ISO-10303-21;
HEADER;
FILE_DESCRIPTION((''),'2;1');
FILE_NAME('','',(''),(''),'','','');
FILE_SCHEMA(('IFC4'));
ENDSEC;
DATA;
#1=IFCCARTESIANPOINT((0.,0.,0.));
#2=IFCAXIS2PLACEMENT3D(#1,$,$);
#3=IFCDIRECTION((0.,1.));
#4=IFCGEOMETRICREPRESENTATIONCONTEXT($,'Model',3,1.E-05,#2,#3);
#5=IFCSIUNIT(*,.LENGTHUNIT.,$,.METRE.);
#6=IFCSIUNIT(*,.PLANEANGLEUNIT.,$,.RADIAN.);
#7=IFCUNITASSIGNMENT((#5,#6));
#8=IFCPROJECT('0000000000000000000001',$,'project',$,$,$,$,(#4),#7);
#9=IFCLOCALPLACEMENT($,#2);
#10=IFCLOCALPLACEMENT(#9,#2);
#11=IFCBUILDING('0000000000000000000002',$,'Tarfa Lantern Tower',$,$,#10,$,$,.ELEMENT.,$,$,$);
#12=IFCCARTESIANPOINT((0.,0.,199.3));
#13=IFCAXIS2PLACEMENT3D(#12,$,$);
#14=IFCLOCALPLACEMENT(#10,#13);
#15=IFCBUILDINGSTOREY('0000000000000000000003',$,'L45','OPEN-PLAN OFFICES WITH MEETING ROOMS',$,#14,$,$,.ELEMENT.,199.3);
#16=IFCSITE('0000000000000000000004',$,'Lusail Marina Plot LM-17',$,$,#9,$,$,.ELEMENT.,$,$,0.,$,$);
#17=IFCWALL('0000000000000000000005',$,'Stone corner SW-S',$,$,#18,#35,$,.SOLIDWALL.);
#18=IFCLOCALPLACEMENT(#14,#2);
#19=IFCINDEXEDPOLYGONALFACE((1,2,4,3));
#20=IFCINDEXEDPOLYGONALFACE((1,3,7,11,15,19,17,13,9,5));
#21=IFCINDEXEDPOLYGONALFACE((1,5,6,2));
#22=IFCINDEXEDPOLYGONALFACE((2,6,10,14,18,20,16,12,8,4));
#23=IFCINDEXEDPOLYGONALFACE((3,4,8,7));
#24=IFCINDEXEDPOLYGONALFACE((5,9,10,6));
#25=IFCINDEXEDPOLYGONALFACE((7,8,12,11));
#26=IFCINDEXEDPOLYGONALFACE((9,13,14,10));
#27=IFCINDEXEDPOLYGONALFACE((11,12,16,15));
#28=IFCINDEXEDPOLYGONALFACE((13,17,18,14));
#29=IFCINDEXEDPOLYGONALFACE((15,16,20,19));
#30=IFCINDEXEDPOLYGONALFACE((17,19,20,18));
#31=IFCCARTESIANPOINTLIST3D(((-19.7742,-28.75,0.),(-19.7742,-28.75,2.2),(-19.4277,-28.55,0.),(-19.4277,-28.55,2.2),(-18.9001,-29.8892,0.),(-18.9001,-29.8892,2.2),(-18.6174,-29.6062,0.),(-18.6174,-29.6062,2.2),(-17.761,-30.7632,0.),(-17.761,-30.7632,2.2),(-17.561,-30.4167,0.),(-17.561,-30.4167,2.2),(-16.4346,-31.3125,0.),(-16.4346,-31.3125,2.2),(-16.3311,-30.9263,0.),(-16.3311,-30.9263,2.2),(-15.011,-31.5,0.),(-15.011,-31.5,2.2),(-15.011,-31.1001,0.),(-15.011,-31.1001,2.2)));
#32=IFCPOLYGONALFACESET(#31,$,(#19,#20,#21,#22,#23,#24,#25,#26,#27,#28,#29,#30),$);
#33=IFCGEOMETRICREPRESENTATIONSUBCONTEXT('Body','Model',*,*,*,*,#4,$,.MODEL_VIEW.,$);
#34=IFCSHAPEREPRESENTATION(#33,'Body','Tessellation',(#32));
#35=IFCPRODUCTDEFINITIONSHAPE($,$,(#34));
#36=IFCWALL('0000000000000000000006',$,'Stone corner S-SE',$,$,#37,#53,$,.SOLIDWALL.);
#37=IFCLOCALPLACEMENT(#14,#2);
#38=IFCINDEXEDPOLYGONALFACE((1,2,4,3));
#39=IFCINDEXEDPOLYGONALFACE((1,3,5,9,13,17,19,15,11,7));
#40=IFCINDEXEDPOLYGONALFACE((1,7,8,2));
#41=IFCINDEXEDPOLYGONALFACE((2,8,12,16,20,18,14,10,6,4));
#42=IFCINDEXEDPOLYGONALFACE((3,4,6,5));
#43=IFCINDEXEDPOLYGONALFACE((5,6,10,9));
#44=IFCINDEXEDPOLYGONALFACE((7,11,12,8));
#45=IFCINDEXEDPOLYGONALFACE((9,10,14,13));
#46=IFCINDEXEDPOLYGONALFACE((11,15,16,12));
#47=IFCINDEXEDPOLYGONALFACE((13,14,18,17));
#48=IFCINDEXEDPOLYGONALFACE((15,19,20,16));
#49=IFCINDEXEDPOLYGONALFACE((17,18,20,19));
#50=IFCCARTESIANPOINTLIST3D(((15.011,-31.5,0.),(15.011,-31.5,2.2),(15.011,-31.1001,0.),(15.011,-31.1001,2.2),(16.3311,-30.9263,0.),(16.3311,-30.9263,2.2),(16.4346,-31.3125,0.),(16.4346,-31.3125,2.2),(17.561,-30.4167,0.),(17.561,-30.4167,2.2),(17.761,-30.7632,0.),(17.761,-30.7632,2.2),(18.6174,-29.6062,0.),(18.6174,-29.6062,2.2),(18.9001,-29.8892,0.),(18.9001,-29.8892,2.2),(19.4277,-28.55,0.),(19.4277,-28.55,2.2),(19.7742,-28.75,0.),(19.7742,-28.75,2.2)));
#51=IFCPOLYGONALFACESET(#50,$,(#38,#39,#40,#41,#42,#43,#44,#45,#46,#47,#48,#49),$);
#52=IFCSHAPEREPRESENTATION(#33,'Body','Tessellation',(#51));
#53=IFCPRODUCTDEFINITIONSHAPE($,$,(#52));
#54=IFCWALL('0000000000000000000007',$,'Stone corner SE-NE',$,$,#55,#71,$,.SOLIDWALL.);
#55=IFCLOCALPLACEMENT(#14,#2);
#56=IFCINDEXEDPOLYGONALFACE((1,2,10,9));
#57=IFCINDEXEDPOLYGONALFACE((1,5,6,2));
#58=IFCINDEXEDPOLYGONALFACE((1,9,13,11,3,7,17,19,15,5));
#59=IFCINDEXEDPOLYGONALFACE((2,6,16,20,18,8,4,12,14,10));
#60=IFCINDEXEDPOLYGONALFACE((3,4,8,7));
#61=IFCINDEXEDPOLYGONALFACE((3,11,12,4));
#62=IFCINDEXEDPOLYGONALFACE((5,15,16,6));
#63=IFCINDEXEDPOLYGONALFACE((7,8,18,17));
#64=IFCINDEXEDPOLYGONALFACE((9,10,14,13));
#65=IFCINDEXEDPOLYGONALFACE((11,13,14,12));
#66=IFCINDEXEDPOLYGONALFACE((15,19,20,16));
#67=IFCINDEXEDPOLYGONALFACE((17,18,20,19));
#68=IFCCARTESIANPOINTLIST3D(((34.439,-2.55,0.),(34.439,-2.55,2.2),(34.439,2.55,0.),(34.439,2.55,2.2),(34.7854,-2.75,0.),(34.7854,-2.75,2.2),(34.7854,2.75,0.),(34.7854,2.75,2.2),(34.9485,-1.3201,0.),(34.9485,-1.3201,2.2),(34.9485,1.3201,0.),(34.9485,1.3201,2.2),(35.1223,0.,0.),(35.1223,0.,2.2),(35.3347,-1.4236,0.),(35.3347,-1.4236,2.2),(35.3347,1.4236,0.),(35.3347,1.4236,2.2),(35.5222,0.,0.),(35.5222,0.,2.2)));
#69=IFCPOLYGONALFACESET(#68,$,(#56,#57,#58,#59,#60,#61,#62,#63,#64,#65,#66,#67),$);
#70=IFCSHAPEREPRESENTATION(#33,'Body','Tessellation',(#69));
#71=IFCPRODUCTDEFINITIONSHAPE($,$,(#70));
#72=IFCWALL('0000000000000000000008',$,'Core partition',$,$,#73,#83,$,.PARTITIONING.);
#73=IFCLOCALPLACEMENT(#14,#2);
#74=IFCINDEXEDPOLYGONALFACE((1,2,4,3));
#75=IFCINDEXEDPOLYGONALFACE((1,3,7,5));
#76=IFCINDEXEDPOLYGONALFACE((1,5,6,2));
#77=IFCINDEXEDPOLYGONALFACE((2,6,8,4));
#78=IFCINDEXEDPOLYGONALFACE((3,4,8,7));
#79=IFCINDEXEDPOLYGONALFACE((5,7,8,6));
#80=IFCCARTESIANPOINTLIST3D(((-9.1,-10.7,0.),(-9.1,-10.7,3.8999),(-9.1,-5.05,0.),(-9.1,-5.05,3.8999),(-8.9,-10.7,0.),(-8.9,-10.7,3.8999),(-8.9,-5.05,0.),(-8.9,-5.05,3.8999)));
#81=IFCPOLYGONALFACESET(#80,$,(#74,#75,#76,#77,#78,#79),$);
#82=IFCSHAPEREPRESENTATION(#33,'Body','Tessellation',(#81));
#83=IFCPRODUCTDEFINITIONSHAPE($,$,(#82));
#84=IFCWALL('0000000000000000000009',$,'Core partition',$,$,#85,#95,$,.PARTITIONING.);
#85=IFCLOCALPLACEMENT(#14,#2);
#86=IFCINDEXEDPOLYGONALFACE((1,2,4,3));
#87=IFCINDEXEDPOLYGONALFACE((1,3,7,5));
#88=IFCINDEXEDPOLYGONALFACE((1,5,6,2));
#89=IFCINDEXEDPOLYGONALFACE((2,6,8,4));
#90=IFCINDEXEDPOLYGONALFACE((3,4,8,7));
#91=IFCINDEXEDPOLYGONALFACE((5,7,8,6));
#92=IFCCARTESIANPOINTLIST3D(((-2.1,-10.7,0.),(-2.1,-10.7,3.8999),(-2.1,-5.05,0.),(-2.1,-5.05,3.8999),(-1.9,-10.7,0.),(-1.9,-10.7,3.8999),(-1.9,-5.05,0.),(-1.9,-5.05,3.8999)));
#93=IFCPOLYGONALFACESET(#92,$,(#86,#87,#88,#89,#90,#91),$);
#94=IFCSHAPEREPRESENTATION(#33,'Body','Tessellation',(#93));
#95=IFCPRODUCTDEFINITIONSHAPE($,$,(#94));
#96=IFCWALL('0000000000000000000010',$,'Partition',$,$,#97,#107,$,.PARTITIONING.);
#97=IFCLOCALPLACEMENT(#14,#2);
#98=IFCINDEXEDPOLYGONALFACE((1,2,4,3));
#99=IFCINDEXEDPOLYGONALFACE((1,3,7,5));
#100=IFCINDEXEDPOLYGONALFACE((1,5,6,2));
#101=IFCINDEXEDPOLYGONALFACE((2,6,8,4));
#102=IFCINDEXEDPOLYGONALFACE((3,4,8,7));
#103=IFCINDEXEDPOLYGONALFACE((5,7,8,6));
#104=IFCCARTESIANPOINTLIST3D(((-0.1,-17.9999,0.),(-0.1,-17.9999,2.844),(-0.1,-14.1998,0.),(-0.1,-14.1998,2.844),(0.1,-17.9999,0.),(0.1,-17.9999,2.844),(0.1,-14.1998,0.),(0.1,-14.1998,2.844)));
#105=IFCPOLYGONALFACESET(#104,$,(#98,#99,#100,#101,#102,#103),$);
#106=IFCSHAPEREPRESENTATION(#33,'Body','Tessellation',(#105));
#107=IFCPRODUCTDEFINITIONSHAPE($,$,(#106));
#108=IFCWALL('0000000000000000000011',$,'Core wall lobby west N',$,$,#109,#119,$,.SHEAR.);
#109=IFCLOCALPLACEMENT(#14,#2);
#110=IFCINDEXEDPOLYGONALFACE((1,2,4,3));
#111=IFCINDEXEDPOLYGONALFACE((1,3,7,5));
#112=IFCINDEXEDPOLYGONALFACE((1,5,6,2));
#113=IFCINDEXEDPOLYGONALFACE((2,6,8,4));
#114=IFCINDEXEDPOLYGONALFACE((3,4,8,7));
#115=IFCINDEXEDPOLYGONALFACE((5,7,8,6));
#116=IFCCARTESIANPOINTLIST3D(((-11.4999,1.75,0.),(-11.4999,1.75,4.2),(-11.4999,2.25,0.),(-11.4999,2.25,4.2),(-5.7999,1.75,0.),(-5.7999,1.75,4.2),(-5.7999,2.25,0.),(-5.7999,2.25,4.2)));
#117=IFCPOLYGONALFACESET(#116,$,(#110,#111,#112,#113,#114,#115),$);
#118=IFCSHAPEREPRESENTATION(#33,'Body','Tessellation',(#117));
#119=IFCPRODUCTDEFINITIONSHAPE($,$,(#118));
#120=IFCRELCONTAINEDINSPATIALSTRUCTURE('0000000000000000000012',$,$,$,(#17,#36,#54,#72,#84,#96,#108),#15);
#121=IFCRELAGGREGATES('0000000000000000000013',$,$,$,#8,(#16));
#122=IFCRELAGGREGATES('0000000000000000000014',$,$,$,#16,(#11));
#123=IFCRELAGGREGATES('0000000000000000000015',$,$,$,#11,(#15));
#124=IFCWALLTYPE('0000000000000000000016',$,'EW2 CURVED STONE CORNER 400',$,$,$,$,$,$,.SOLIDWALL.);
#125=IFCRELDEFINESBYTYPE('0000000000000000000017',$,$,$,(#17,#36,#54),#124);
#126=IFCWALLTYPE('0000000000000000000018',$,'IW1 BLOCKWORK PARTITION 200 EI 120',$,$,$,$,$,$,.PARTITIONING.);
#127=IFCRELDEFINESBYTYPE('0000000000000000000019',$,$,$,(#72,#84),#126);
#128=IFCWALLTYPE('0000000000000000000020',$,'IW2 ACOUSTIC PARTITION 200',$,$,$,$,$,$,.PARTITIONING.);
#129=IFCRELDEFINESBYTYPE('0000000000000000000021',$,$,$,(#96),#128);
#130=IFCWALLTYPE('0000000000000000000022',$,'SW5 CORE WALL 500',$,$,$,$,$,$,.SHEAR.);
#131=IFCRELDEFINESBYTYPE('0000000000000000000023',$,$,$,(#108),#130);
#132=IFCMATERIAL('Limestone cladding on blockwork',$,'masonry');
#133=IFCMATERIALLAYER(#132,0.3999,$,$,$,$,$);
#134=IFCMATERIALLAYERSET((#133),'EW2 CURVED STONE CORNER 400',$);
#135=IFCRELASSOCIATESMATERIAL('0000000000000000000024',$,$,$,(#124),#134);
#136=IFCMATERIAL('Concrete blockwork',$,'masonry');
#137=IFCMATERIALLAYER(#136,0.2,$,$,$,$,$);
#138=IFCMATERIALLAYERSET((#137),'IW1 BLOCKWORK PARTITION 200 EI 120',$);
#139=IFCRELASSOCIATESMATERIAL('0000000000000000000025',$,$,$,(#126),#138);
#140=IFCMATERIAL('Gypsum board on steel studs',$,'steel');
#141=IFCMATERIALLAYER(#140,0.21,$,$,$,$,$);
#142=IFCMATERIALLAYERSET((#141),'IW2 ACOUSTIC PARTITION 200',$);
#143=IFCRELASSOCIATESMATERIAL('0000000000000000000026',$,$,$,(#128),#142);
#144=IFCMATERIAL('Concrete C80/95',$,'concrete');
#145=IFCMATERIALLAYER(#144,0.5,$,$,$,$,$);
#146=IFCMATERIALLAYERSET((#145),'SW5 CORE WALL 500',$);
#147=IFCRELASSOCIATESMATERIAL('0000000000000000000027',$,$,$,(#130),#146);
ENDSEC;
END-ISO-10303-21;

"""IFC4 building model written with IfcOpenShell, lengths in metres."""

from ifc_helpers import new_model, si_unit, direction, frame, frame_2d, origin, place, context, subcontext, project, spatial, polyline, rectangle, outline, extrude, material, layer, layer_set, type_object, element, save


model = new_model("IFC4")

# Units and contexts
model_context = context("Model", 3, precision=1e-05, world=origin(), true_north=direction((0.0, 1.0)))
body_context = subcontext(model_context, "Body", "Model", "MODEL_VIEW")
ifc_project = project(units=[si_unit("LENGTHUNIT", "METRE"), si_unit("PLANEANGLEUNIT", "RADIAN")], contexts=[model_context])

# Site, building, storey
site_placement = place(None, origin())
site = spatial("IfcSite", under=ifc_project, at=site_placement, Name="Lusail Marina Plot LM-17", CompositionType="ELEMENT", RefElevation=0.0)
building_placement = place(site_placement, origin())
building = spatial("IfcBuilding", under=site, at=building_placement, Name="Tarfa Lantern Tower", CompositionType="ELEMENT")
storey_placement = place(building_placement, frame((0.0, 0.0, 199.3)))
storey = spatial("IfcBuildingStorey", under=building, at=storey_placement, Name="L45", Description="OPEN-PLAN OFFICES WITH MEETING ROOMS", CompositionType="ELEMENT", Elevation=199.3)

# Walls
ifc_material_1 = material(Name="Limestone cladding on blockwork", Category="masonry")
ifc_layer_1 = layer(ifc_material_1, 0.3999)
ifc_layer_set_1 = layer_set([ifc_layer_1], Name="EW2 CURVED STONE CORNER 400")
wall_type_1 = type_object("IfcWallType", Name="EW2 CURVED STONE CORNER 400", PredefinedType="SOLIDWALL", material=ifc_layer_set_1)
wall_1_placement = place(storey_placement, origin())
element("IfcWall", 1, at=wall_1_placement, inside=storey, type_object=wall_type_1, Name="Stone corner SW-S", PredefinedType="SOLIDWALL", context=body_context, shape_type="SweptSolid", body=[
    extrude(outline(polyline([(-19.7742, -28.75), (-18.9001, -29.8892), (-17.761, -30.7632), (-16.4346, -31.3125), (-15.011, -31.5), (-15.011, -31.1001), (-16.3311, -30.9263), (-17.561, -30.4167), (-18.6174, -29.6062), (-19.4277, -28.55), (-19.7742, -28.75)])), origin(), (0.0, 0.0, 1.0), 2.2),
])
wall_2_placement = place(storey_placement, origin())
element("IfcWall", 2, at=wall_2_placement, inside=storey, type_object=wall_type_1, Name="Stone corner S-SE", PredefinedType="SOLIDWALL", context=body_context, shape_type="SweptSolid", body=[
    extrude(outline(polyline([(15.011, -31.5), (16.4346, -31.3125), (17.761, -30.7632), (18.9001, -29.8892), (19.7742, -28.75), (19.4277, -28.55), (18.6174, -29.6062), (17.561, -30.4167), (16.3311, -30.9263), (15.011, -31.1001), (15.011, -31.5)])), origin(), (0.0, 0.0, 1.0), 2.2),
])
wall_3_placement = place(storey_placement, origin())
element("IfcWall", 3, at=wall_3_placement, inside=storey, type_object=wall_type_1, Name="Stone corner SE-NE", PredefinedType="SOLIDWALL", context=body_context, shape_type="SweptSolid", body=[
    extrude(outline(polyline([(34.7854, -2.75), (35.3347, -1.4236), (35.5222, 0.0), (35.3347, 1.4236), (34.7854, 2.75), (34.439, 2.55), (34.9485, 1.3201), (35.1223, 0.0), (34.9485, -1.3201), (34.439, -2.55), (34.7854, -2.75)])), origin(), (0.0, 0.0, 1.0), 2.2),
])
ifc_material_2 = material(Name="Concrete blockwork", Category="masonry")
ifc_layer_2 = layer(ifc_material_2, 0.2)
ifc_layer_set_2 = layer_set([ifc_layer_2], Name="IW1 BLOCKWORK PARTITION 200 EI 120")
wall_type_2 = type_object("IfcWallType", Name="IW1 BLOCKWORK PARTITION 200 EI 120", PredefinedType="PARTITIONING", material=ifc_layer_set_2)
for number, where, z_axis, x_axis, name in (
    (4, (-9.0, -5.05, 0.0), (0.0, 0.0, 1.0), (0.0, -1.0, 0.0), "Core partition"),
    (5, (-2.0, -5.05, 0.0), (0.0, 0.0, 1.0), (0.0, -1.0, 0.0), "Core partition"),
):
    element("IfcWall", number, at=place(storey_placement, frame(where, z_axis=z_axis, x_axis=x_axis)), inside=storey, type_object=wall_type_2, Name=name, PredefinedType="PARTITIONING", context=body_context, shape_type="SweptSolid", body=[
        extrude(rectangle(XDim=5.6499, YDim=0.2, at=frame_2d((2.825, 0.0))), origin(), (0.0, 0.0, 1.0), 3.8999),
    ])
ifc_material_3 = material(Name="Gypsum board on steel studs", Category="steel")
ifc_layer_3 = layer(ifc_material_3, 0.21)
ifc_layer_set_3 = layer_set([ifc_layer_3], Name="IW2 ACOUSTIC PARTITION 200")
wall_type_3 = type_object("IfcWallType", Name="IW2 ACOUSTIC PARTITION 200", PredefinedType="PARTITIONING", material=ifc_layer_set_3)
wall_4_placement = place(storey_placement, frame((0.0, -14.2, 0.0), z_axis=(0.0, 0.0, 1.0), x_axis=(0.0, -1.0, 0.0)))
element("IfcWall", 6, at=wall_4_placement, inside=storey, type_object=wall_type_3, Name="Partition", PredefinedType="PARTITIONING", context=body_context, shape_type="SweptSolid", body=[
    extrude(rectangle(XDim=3.8, YDim=0.2, at=frame_2d((1.8999, 0.0))), origin(), (0.0, 0.0, 1.0), 2.844),
])
ifc_material_4 = material(Name="Concrete C80/95", Category="concrete")
ifc_layer_4 = layer(ifc_material_4, 0.5)
ifc_layer_set_4 = layer_set([ifc_layer_4], Name="SW5 CORE WALL 500")
wall_type_4 = type_object("IfcWallType", Name="SW5 CORE WALL 500", PredefinedType="SHEAR", material=ifc_layer_set_4)
wall_5_placement = place(storey_placement, frame((-11.5, 2.0, 0.0), z_axis=(0.0, 0.0, 1.0), x_axis=(1.0, 0.0, 0.0)))
element("IfcWall", 7, at=wall_5_placement, inside=storey, type_object=wall_type_4, Name="Core wall lobby west N", PredefinedType="SHEAR", context=body_context, shape_type="SweptSolid", body=[
    extrude(rectangle(XDim=5.7, YDim=0.5, at=frame_2d((2.8501, 0.0))), origin(), (0.0, 0.0, 1.0), 4.2),
])

save(model, "model.ifc")
